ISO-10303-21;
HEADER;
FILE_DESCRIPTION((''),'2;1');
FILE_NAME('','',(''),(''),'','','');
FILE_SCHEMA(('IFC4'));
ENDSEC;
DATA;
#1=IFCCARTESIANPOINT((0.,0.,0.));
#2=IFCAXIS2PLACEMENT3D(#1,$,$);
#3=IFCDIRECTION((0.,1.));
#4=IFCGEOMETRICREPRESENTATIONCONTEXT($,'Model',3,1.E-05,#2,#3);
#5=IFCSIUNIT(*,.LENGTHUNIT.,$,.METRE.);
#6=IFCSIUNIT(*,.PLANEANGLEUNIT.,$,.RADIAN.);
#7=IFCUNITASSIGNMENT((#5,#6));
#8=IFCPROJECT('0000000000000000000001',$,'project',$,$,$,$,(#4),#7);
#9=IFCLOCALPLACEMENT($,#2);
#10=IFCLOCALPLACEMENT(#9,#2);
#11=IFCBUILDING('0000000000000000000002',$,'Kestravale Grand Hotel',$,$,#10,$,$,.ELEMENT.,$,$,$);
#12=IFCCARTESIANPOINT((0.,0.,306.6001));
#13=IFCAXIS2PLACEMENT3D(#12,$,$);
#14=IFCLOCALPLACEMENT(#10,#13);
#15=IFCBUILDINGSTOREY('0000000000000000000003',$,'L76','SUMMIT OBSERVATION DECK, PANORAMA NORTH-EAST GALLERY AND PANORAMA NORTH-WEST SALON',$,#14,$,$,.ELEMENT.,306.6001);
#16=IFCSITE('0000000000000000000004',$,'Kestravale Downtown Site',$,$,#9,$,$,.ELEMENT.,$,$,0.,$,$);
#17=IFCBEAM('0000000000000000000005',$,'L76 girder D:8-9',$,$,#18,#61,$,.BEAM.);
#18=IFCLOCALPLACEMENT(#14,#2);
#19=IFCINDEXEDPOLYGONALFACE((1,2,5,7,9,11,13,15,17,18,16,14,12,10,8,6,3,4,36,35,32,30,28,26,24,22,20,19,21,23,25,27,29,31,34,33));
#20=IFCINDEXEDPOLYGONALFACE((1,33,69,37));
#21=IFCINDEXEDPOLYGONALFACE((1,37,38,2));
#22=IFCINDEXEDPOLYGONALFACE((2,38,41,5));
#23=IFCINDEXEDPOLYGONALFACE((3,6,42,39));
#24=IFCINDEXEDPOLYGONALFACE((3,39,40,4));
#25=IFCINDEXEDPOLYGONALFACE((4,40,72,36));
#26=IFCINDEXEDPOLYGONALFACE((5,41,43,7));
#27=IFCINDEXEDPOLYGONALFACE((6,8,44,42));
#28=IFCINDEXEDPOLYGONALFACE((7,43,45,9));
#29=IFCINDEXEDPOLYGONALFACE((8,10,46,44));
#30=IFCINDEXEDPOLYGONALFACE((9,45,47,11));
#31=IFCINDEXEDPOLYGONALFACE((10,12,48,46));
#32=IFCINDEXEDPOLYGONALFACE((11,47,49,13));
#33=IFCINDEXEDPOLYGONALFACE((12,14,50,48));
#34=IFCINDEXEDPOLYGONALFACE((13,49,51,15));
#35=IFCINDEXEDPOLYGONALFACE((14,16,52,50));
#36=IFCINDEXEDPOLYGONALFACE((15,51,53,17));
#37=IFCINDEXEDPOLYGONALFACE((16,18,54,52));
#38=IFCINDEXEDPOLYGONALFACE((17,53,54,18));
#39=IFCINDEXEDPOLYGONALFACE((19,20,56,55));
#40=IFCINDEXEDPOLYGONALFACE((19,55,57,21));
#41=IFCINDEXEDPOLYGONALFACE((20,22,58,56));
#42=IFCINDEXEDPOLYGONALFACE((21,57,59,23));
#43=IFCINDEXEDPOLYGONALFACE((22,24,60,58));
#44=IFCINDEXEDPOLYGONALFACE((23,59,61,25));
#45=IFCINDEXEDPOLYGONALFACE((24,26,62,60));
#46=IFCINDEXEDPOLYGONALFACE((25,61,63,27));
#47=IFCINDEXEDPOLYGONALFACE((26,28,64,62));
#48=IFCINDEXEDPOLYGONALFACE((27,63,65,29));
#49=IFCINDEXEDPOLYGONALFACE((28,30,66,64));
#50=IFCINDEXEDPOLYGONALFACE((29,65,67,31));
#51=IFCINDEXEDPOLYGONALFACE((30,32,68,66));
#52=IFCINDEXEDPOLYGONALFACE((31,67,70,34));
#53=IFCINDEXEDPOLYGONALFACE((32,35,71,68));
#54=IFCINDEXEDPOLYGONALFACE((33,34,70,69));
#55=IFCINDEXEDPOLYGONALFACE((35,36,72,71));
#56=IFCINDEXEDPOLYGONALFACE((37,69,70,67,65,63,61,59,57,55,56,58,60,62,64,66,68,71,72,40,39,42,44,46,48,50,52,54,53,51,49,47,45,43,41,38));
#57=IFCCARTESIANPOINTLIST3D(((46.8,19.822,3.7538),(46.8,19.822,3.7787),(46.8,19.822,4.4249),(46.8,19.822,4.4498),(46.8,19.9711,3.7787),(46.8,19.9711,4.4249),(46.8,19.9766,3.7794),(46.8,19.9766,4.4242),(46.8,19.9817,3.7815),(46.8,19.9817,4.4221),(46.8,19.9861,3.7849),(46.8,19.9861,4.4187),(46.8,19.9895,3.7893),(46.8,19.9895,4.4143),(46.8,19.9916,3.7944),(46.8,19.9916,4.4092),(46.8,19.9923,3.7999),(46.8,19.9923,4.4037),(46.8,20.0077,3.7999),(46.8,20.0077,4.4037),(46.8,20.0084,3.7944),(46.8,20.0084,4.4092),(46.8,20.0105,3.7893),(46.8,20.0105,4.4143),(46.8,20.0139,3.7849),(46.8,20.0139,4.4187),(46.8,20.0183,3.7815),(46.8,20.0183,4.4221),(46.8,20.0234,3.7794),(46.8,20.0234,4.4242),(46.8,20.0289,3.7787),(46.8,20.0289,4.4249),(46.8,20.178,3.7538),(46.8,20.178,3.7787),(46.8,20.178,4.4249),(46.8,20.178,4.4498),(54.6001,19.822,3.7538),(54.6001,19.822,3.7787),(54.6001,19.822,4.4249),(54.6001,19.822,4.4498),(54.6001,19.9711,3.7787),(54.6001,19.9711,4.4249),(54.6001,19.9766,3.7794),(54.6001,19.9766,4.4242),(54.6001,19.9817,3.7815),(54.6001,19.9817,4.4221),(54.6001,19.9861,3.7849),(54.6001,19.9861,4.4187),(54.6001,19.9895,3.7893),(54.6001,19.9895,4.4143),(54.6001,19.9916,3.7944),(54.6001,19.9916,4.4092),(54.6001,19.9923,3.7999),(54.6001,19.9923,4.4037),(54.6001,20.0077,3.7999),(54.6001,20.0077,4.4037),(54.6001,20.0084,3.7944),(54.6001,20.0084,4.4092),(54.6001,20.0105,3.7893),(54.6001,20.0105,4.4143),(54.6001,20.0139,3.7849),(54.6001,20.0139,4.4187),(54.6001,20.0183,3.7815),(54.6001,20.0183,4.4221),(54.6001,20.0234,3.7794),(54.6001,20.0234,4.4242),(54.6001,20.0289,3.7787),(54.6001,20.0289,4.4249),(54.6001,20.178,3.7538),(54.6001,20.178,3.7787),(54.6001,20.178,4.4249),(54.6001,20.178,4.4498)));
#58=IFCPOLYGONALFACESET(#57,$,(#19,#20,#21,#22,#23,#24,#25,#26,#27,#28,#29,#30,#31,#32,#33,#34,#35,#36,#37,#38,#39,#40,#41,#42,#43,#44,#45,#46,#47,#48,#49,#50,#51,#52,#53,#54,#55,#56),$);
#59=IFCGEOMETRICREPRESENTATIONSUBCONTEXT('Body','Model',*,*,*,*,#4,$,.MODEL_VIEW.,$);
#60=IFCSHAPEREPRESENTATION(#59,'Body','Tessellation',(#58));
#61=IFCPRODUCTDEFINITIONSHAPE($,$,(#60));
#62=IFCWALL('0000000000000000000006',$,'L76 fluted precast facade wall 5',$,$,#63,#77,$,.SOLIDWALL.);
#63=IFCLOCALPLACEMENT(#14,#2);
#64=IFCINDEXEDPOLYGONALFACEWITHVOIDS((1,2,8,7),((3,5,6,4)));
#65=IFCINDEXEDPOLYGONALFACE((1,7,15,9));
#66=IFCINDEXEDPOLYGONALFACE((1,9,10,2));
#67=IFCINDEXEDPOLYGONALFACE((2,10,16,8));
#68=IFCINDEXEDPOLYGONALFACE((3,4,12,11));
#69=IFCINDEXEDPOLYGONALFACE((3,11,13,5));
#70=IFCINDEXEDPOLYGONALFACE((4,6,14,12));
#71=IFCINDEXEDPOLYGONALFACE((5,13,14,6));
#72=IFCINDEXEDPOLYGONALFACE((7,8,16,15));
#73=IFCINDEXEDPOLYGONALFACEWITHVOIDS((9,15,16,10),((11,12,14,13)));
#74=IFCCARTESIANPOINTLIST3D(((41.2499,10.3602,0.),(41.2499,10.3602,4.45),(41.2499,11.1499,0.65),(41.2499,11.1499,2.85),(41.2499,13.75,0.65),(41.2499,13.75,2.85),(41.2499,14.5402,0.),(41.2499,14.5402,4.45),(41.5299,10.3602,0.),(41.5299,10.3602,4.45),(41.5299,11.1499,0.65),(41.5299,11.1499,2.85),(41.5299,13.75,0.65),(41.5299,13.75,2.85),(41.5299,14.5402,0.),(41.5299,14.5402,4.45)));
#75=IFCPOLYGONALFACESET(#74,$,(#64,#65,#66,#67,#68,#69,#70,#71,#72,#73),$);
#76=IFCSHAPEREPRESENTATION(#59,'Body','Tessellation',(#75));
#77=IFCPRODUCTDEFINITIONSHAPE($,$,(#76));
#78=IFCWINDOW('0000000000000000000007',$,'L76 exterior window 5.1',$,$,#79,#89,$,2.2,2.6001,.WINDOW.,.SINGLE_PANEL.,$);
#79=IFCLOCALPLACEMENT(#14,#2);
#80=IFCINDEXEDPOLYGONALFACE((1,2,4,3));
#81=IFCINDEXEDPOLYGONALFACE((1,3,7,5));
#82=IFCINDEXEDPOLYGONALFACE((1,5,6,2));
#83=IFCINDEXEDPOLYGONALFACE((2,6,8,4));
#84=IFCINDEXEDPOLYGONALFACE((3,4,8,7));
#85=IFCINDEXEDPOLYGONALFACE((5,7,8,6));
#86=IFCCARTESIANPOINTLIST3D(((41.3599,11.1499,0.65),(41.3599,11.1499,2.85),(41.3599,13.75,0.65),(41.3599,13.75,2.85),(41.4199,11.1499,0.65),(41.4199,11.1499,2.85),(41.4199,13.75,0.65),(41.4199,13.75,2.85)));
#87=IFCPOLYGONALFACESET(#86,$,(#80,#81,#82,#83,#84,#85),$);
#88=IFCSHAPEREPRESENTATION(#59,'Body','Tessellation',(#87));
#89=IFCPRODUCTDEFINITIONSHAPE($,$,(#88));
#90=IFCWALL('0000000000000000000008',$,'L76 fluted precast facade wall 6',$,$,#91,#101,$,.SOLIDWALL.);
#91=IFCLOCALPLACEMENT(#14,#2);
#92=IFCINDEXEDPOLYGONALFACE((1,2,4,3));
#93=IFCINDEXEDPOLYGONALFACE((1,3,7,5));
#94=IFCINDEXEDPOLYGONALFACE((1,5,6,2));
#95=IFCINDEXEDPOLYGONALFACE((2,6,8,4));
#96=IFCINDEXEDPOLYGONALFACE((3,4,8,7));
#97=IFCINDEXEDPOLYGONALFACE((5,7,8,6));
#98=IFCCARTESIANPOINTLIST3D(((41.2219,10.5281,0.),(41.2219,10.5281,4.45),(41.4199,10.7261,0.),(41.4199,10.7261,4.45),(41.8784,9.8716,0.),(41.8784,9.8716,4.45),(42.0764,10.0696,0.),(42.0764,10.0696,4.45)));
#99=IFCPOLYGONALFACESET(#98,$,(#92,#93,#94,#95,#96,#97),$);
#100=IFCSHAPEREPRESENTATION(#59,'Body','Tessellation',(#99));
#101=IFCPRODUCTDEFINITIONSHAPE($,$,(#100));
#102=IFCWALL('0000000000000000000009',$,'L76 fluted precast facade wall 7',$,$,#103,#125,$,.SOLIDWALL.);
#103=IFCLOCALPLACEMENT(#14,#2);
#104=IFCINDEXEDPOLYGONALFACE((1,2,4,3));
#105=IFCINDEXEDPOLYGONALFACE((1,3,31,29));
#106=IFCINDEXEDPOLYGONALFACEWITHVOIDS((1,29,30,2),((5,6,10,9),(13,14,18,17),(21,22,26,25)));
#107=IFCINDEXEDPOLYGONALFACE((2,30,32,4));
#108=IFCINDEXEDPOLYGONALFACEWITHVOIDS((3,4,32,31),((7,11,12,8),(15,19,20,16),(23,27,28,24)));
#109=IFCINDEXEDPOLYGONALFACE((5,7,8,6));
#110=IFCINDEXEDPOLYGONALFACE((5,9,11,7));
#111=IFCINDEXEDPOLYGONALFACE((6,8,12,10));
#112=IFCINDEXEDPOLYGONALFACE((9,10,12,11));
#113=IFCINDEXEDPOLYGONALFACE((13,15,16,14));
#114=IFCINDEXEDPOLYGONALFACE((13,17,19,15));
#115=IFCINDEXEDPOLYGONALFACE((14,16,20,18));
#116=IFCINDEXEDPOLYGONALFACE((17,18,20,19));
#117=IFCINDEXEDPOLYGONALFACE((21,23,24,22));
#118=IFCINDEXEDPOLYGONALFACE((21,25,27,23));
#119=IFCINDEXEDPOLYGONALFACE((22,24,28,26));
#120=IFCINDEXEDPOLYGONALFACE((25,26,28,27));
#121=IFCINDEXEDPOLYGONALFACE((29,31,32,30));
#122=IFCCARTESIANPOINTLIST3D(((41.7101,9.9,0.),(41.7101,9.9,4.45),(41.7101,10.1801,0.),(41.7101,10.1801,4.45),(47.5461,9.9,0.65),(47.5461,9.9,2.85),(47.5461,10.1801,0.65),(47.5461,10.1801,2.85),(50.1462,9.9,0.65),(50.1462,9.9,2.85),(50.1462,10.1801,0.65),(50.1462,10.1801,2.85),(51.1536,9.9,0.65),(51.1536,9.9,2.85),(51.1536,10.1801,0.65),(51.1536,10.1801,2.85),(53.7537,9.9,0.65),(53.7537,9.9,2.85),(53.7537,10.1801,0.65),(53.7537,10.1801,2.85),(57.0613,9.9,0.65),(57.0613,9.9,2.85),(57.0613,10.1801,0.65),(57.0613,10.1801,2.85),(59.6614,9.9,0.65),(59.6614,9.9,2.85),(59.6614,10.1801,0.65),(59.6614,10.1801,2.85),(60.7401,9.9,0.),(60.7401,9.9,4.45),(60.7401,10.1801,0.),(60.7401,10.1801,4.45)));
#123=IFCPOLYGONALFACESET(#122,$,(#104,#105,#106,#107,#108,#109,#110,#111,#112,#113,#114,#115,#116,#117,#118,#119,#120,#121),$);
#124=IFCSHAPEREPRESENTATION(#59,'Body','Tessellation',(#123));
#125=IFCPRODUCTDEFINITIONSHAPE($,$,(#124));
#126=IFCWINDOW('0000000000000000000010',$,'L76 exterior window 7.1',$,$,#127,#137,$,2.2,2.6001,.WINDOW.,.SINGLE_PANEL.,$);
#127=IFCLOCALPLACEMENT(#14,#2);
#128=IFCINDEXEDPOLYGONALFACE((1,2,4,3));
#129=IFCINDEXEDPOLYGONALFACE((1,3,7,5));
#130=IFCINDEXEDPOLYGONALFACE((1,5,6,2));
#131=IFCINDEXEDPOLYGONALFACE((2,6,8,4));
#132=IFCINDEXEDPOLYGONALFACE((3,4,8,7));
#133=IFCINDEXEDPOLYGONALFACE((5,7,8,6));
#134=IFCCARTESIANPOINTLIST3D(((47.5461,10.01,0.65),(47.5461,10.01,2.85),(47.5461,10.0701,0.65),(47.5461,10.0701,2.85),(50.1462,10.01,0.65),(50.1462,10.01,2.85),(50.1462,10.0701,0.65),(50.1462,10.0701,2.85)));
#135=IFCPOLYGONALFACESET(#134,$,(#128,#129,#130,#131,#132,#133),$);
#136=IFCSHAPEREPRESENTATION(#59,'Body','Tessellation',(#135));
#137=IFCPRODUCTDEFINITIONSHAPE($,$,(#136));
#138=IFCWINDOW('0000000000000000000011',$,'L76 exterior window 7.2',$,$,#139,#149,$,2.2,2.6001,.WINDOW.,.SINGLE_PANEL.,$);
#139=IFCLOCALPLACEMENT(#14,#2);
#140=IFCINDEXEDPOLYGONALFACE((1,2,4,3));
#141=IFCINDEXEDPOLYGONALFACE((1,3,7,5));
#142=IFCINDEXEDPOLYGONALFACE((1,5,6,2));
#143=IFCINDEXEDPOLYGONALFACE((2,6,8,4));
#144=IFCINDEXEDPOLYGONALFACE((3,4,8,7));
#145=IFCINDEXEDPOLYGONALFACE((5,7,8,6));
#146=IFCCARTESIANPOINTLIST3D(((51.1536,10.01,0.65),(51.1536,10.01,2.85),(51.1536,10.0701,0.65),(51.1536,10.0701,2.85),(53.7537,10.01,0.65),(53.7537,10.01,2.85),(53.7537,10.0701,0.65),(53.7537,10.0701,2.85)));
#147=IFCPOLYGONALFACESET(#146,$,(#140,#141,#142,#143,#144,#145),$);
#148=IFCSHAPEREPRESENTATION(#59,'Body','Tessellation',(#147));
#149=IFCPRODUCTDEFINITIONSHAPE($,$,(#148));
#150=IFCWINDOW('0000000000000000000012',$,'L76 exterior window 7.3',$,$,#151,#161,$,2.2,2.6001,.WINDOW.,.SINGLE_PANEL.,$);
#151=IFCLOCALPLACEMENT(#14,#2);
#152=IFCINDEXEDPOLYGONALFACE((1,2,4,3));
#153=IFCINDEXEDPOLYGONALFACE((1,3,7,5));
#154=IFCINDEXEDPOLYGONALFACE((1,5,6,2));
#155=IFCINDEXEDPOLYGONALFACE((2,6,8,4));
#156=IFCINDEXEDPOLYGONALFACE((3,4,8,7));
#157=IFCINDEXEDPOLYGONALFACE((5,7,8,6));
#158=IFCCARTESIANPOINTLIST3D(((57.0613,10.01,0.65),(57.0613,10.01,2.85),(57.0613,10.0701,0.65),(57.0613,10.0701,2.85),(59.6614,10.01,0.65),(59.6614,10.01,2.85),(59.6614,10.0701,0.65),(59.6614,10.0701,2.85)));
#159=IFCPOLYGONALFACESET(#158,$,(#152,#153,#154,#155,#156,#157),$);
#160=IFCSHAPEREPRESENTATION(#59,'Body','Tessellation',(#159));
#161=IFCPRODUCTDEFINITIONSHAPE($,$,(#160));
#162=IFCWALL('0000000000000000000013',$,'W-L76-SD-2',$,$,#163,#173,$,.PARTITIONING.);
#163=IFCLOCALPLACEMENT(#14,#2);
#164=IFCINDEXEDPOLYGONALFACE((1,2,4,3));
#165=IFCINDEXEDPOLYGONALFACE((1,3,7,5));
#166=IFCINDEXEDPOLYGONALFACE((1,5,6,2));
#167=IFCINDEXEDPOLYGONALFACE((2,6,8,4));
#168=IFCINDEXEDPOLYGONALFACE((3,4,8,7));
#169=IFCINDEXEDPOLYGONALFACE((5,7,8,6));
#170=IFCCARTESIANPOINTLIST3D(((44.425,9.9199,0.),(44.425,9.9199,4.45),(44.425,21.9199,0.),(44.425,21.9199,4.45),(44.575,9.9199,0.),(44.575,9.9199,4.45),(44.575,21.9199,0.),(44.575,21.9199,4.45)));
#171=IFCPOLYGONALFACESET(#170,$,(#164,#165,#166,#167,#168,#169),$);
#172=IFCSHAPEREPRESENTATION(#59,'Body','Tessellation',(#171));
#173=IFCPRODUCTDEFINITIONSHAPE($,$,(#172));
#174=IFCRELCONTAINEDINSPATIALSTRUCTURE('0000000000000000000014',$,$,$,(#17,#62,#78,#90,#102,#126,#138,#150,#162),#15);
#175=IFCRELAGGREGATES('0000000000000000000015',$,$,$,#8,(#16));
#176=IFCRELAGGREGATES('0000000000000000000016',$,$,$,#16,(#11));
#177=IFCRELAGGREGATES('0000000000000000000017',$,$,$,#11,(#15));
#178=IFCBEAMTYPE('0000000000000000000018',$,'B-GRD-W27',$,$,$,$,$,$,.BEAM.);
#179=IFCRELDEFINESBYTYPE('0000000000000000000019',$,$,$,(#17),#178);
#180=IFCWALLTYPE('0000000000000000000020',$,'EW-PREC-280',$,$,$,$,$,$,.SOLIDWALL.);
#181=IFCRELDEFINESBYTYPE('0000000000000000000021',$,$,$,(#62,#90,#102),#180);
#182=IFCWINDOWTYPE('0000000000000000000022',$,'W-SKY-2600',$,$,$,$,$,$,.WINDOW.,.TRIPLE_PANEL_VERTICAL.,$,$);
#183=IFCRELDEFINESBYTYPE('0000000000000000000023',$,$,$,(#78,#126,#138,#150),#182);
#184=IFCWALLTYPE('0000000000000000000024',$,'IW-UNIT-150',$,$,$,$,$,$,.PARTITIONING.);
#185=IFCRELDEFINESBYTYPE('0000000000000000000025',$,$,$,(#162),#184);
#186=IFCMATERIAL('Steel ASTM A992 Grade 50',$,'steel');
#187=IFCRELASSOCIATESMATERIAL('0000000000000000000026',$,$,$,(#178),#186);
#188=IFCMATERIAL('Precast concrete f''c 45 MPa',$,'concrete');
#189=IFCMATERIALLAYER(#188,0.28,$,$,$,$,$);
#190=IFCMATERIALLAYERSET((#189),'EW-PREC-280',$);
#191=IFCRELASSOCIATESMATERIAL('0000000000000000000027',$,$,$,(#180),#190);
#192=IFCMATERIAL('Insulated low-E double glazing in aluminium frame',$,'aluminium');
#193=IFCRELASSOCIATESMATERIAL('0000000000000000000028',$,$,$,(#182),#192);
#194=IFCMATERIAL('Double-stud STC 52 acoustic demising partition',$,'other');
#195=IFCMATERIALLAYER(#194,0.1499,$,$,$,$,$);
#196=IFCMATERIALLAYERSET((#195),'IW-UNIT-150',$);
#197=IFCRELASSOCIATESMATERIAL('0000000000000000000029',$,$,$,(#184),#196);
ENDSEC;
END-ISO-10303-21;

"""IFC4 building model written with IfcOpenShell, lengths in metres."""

from ifc_helpers import new_model, si_unit, direction, frame, frame_2d, origin, origin_2d, place, context, subcontext, project, spatial, rectangle, i_section, extrude, material, layer, layer_set, material_profile, profile_set, type_object, element, fill, save


model = new_model("IFC4")

# Units and contexts
model_context = context("Model", 3, precision=1e-05, world=origin(), true_north=direction((0.0, 1.0)))
body_context = subcontext(model_context, "Body", "Model", "MODEL_VIEW")
ifc_project = project(units=[si_unit("LENGTHUNIT", "METRE"), si_unit("PLANEANGLEUNIT", "RADIAN")], contexts=[model_context])

# Site, building, storey
site_placement = place(None, origin())
site = spatial("IfcSite", under=ifc_project, at=site_placement, Name="Kestravale Downtown Site", CompositionType="ELEMENT", RefElevation=0.0)
building_placement = place(site_placement, origin())
building = spatial("IfcBuilding", under=site, at=building_placement, Name="Kestravale Grand Hotel", CompositionType="ELEMENT")
storey_placement = place(building_placement, frame((0.0, 0.0, 306.6001)))
storey = spatial("IfcBuildingStorey", under=building, at=storey_placement, Name="L76", Description="SUMMIT OBSERVATION DECK, PANORAMA NORTH-EAST GALLERY AND PANORAMA NORTH-WEST SALON", CompositionType="ELEMENT", Elevation=306.6001)

# Beam
ifc_material_1 = material(Name="Steel ASTM A992 Grade 50", Category="steel")
ifc_material_profile_1 = material_profile(ifc_material_1, i_section(OverallWidth=0.356, OverallDepth=0.696, WebThickness=0.0154, FlangeThickness=0.0249, FilletRadius=0.0212, at=origin_2d()))
ifc_profile_set_1 = profile_set([ifc_material_profile_1], Name="Steel ASTM A992 Grade 50")
beam_type_1 = type_object("IfcBeamType", Name="B-GRD-W27", PredefinedType="BEAM", material=ifc_profile_set_1)
beam_1_placement = place(storey_placement, frame((46.8, 20.0, 4.1018), z_axis=(1.0, 0.0, 0.0), x_axis=(0.0, 1.0, 0.0)))
element("IfcBeam", 1, at=beam_1_placement, inside=storey, type_object=beam_type_1, Name="L76 girder D:8-9", PredefinedType="BEAM", context=body_context, shape_type="SweptSolid", body=[
    extrude(i_section(OverallWidth=0.356, OverallDepth=0.696, WebThickness=0.0154, FlangeThickness=0.0249, FilletRadius=0.0212, at=origin_2d()), origin(), (0.0, 0.0, 1.0), 7.8),
])

# Wall, opening, window
ifc_material_2 = material(Name="Precast concrete f'c 45 MPa", Category="concrete")
ifc_layer_1 = layer(ifc_material_2, 0.28)
ifc_layer_set_1 = layer_set([ifc_layer_1], Name="EW-PREC-280")
wall_type_1 = type_object("IfcWallType", Name="EW-PREC-280", PredefinedType="SOLIDWALL", material=ifc_layer_set_1)
wall_1_placement = place(storey_placement, frame((41.3899, 14.54, 0.0), z_axis=(0.0, 0.0, 1.0), x_axis=(0.0, -1.0, 0.0)))
wall_1 = element("IfcWall", 2, at=wall_1_placement, inside=storey, type_object=wall_type_1, Name="L76 fluted precast facade wall 5", PredefinedType="SOLIDWALL", context=body_context, shape_type="SweptSolid", body=[
    extrude(rectangle(XDim=4.1799, YDim=0.28, at=frame_2d((2.0898, 0.0))), origin(), (0.0, 0.0, 1.0), 4.45),
])
opening_1_placement = place(wall_1_placement, frame((0.79, 0.0, 0.6499)))
opening_1 = element("IfcOpeningElement", 3, at=opening_1_placement, cuts=wall_1, PredefinedType="OPENING", context=body_context, shape_type="SweptSolid", body=[
    extrude(rectangle(XDim=2.6001, YDim=2.2, at=frame_2d((1.3, 1.1001))), frame((0.0, 0.1499, 0.0), z_axis=(0.0, -1.0, 0.0), x_axis=(1.0, 0.0, 0.0)), (0.0, 0.0, 1.0), 0.3),
])
ifc_material_3 = material(Name="Insulated low-E double glazing in aluminium frame", Category="aluminium")
window_type = type_object("IfcWindowType", Name="W-SKY-2600", PartitioningType="TRIPLE_PANEL_VERTICAL", PredefinedType="WINDOW", material=ifc_material_3)
window_1_placement = place(opening_1_placement, origin())
window_1 = element("IfcWindow", 4, at=window_1_placement, inside=storey, type_object=window_type, Name="L76 exterior window 5.1", OverallHeight=2.2, OverallWidth=2.6001, PartitioningType="SINGLE_PANEL", PredefinedType="WINDOW", context=body_context, shape_type="SweptSolid", body=[
    extrude(rectangle(XDim=2.6001, YDim=2.2, at=frame_2d((1.3, 1.1001))), frame((0.0, 0.03, 0.0), z_axis=(0.0, -1.0, 0.0), x_axis=(1.0, 0.0, 0.0)), (0.0, 0.0, 1.0), 0.0601),
])
fill(opening_1, window_1)

# Wall
wall_2_placement = place(storey_placement, frame((41.3208, 10.6272, 0.0), z_axis=(0.0, 0.0, 1.0), x_axis=(0.707107, -0.707107, 0.0)))
element("IfcWall", 5, at=wall_2_placement, inside=storey, type_object=wall_type_1, Name="L76 fluted precast facade wall 6", PredefinedType="SOLIDWALL", context=body_context, shape_type="SweptSolid", body=[
    extrude(rectangle(XDim=0.9285, YDim=0.28, at=frame_2d((0.4644, 0.0))), origin(), (0.0, 0.0, 1.0), 4.45),
])

# Wall, openings, windows
wall_3_placement = place(storey_placement, frame((41.71, 10.04, 0.0), z_axis=(0.0, 0.0, 1.0), x_axis=(1.0, 0.0, 0.0)))
wall_3 = element("IfcWall", 6, at=wall_3_placement, inside=storey, type_object=wall_type_1, Name="L76 fluted precast facade wall 7", PredefinedType="SOLIDWALL", context=body_context, shape_type="SweptSolid", body=[
    extrude(rectangle(XDim=19.03, YDim=0.28, at=frame_2d((9.5151, 0.0))), origin(), (0.0, 0.0, 1.0), 4.45),
])
opening_2_placement = place(wall_3_placement, frame((5.8362, 0.0, 0.6499)))
opening_2 = element("IfcOpeningElement", 7, at=opening_2_placement, cuts=wall_3, PredefinedType="OPENING", context=body_context, shape_type="SweptSolid", body=[
    extrude(rectangle(XDim=2.6001, YDim=2.2, at=frame_2d((1.3, 1.1001))), frame((0.0, 0.1499, 0.0), z_axis=(0.0, -1.0, 0.0), x_axis=(1.0, 0.0, 0.0)), (0.0, 0.0, 1.0), 0.3),
])
opening_3_placement = place(wall_3_placement, frame((9.4436, 0.0, 0.6499)))
opening_3 = element("IfcOpeningElement", 8, at=opening_3_placement, cuts=wall_3, PredefinedType="OPENING", context=body_context, shape_type="SweptSolid", body=[
    extrude(rectangle(XDim=2.6001, YDim=2.2, at=frame_2d((1.3, 1.1001))), frame((0.0, 0.1499, 0.0), z_axis=(0.0, -1.0, 0.0), x_axis=(1.0, 0.0, 0.0)), (0.0, 0.0, 1.0), 0.3),
])
opening_4_placement = place(wall_3_placement, frame((15.3513, 0.0, 0.6499)))
opening_4 = element("IfcOpeningElement", 9, at=opening_4_placement, cuts=wall_3, PredefinedType="OPENING", context=body_context, shape_type="SweptSolid", body=[
    extrude(rectangle(XDim=2.6001, YDim=2.2, at=frame_2d((1.3, 1.1001))), frame((0.0, 0.1499, 0.0), z_axis=(0.0, -1.0, 0.0), x_axis=(1.0, 0.0, 0.0)), (0.0, 0.0, 1.0), 0.3),
])
window_2_placement = place(opening_2_placement, origin())
window_2 = element("IfcWindow", 10, at=window_2_placement, inside=storey, type_object=window_type, Name="L76 exterior window 7.1", OverallHeight=2.2, OverallWidth=2.6001, PartitioningType="SINGLE_PANEL", PredefinedType="WINDOW", context=body_context, shape_type="SweptSolid", body=[
    extrude(rectangle(XDim=2.6001, YDim=2.2, at=frame_2d((1.3, 1.1001))), frame((0.0, 0.03, 0.0), z_axis=(0.0, -1.0, 0.0), x_axis=(1.0, 0.0, 0.0)), (0.0, 0.0, 1.0), 0.0601),
])
fill(opening_2, window_2)
window_3_placement = place(opening_3_placement, origin())
window_3 = element("IfcWindow", 11, at=window_3_placement, inside=storey, type_object=window_type, Name="L76 exterior window 7.2", OverallHeight=2.2, OverallWidth=2.6001, PartitioningType="SINGLE_PANEL", PredefinedType="WINDOW", context=body_context, shape_type="SweptSolid", body=[
    extrude(rectangle(XDim=2.6001, YDim=2.2, at=frame_2d((1.3, 1.1001))), frame((0.0, 0.03, 0.0), z_axis=(0.0, -1.0, 0.0), x_axis=(1.0, 0.0, 0.0)), (0.0, 0.0, 1.0), 0.0601),
])
fill(opening_3, window_3)
window_4_placement = place(opening_4_placement, origin())
window_4 = element("IfcWindow", 12, at=window_4_placement, inside=storey, type_object=window_type, Name="L76 exterior window 7.3", OverallHeight=2.2, OverallWidth=2.6001, PartitioningType="SINGLE_PANEL", PredefinedType="WINDOW", context=body_context, shape_type="SweptSolid", body=[
    extrude(rectangle(XDim=2.6001, YDim=2.2, at=frame_2d((1.3, 1.1001))), frame((0.0, 0.03, 0.0), z_axis=(0.0, -1.0, 0.0), x_axis=(1.0, 0.0, 0.0)), (0.0, 0.0, 1.0), 0.0601),
])
fill(opening_4, window_4)

# Wall
ifc_material_4 = material(Name="Double-stud STC 52 acoustic demising partition", Category="other")
ifc_layer_2 = layer(ifc_material_4, 0.1499)
ifc_layer_set_2 = layer_set([ifc_layer_2], Name="IW-UNIT-150")
wall_type_2 = type_object("IfcWallType", Name="IW-UNIT-150", PredefinedType="PARTITIONING", material=ifc_layer_set_2)
wall_4_placement = place(storey_placement, frame((44.5, 9.9199, 0.0), z_axis=(0.0, 0.0, 1.0), x_axis=(0.0, 1.0, 0.0)))
element("IfcWall", 13, at=wall_4_placement, inside=storey, type_object=wall_type_2, Name="W-L76-SD-2", PredefinedType="PARTITIONING", context=body_context, shape_type="SweptSolid", body=[
    extrude(rectangle(XDim=12.0, YDim=0.1499, at=frame_2d((6.0, 0.0))), origin(), (0.0, 0.0, 1.0), 4.45),
])

save(model, "model.ifc")
